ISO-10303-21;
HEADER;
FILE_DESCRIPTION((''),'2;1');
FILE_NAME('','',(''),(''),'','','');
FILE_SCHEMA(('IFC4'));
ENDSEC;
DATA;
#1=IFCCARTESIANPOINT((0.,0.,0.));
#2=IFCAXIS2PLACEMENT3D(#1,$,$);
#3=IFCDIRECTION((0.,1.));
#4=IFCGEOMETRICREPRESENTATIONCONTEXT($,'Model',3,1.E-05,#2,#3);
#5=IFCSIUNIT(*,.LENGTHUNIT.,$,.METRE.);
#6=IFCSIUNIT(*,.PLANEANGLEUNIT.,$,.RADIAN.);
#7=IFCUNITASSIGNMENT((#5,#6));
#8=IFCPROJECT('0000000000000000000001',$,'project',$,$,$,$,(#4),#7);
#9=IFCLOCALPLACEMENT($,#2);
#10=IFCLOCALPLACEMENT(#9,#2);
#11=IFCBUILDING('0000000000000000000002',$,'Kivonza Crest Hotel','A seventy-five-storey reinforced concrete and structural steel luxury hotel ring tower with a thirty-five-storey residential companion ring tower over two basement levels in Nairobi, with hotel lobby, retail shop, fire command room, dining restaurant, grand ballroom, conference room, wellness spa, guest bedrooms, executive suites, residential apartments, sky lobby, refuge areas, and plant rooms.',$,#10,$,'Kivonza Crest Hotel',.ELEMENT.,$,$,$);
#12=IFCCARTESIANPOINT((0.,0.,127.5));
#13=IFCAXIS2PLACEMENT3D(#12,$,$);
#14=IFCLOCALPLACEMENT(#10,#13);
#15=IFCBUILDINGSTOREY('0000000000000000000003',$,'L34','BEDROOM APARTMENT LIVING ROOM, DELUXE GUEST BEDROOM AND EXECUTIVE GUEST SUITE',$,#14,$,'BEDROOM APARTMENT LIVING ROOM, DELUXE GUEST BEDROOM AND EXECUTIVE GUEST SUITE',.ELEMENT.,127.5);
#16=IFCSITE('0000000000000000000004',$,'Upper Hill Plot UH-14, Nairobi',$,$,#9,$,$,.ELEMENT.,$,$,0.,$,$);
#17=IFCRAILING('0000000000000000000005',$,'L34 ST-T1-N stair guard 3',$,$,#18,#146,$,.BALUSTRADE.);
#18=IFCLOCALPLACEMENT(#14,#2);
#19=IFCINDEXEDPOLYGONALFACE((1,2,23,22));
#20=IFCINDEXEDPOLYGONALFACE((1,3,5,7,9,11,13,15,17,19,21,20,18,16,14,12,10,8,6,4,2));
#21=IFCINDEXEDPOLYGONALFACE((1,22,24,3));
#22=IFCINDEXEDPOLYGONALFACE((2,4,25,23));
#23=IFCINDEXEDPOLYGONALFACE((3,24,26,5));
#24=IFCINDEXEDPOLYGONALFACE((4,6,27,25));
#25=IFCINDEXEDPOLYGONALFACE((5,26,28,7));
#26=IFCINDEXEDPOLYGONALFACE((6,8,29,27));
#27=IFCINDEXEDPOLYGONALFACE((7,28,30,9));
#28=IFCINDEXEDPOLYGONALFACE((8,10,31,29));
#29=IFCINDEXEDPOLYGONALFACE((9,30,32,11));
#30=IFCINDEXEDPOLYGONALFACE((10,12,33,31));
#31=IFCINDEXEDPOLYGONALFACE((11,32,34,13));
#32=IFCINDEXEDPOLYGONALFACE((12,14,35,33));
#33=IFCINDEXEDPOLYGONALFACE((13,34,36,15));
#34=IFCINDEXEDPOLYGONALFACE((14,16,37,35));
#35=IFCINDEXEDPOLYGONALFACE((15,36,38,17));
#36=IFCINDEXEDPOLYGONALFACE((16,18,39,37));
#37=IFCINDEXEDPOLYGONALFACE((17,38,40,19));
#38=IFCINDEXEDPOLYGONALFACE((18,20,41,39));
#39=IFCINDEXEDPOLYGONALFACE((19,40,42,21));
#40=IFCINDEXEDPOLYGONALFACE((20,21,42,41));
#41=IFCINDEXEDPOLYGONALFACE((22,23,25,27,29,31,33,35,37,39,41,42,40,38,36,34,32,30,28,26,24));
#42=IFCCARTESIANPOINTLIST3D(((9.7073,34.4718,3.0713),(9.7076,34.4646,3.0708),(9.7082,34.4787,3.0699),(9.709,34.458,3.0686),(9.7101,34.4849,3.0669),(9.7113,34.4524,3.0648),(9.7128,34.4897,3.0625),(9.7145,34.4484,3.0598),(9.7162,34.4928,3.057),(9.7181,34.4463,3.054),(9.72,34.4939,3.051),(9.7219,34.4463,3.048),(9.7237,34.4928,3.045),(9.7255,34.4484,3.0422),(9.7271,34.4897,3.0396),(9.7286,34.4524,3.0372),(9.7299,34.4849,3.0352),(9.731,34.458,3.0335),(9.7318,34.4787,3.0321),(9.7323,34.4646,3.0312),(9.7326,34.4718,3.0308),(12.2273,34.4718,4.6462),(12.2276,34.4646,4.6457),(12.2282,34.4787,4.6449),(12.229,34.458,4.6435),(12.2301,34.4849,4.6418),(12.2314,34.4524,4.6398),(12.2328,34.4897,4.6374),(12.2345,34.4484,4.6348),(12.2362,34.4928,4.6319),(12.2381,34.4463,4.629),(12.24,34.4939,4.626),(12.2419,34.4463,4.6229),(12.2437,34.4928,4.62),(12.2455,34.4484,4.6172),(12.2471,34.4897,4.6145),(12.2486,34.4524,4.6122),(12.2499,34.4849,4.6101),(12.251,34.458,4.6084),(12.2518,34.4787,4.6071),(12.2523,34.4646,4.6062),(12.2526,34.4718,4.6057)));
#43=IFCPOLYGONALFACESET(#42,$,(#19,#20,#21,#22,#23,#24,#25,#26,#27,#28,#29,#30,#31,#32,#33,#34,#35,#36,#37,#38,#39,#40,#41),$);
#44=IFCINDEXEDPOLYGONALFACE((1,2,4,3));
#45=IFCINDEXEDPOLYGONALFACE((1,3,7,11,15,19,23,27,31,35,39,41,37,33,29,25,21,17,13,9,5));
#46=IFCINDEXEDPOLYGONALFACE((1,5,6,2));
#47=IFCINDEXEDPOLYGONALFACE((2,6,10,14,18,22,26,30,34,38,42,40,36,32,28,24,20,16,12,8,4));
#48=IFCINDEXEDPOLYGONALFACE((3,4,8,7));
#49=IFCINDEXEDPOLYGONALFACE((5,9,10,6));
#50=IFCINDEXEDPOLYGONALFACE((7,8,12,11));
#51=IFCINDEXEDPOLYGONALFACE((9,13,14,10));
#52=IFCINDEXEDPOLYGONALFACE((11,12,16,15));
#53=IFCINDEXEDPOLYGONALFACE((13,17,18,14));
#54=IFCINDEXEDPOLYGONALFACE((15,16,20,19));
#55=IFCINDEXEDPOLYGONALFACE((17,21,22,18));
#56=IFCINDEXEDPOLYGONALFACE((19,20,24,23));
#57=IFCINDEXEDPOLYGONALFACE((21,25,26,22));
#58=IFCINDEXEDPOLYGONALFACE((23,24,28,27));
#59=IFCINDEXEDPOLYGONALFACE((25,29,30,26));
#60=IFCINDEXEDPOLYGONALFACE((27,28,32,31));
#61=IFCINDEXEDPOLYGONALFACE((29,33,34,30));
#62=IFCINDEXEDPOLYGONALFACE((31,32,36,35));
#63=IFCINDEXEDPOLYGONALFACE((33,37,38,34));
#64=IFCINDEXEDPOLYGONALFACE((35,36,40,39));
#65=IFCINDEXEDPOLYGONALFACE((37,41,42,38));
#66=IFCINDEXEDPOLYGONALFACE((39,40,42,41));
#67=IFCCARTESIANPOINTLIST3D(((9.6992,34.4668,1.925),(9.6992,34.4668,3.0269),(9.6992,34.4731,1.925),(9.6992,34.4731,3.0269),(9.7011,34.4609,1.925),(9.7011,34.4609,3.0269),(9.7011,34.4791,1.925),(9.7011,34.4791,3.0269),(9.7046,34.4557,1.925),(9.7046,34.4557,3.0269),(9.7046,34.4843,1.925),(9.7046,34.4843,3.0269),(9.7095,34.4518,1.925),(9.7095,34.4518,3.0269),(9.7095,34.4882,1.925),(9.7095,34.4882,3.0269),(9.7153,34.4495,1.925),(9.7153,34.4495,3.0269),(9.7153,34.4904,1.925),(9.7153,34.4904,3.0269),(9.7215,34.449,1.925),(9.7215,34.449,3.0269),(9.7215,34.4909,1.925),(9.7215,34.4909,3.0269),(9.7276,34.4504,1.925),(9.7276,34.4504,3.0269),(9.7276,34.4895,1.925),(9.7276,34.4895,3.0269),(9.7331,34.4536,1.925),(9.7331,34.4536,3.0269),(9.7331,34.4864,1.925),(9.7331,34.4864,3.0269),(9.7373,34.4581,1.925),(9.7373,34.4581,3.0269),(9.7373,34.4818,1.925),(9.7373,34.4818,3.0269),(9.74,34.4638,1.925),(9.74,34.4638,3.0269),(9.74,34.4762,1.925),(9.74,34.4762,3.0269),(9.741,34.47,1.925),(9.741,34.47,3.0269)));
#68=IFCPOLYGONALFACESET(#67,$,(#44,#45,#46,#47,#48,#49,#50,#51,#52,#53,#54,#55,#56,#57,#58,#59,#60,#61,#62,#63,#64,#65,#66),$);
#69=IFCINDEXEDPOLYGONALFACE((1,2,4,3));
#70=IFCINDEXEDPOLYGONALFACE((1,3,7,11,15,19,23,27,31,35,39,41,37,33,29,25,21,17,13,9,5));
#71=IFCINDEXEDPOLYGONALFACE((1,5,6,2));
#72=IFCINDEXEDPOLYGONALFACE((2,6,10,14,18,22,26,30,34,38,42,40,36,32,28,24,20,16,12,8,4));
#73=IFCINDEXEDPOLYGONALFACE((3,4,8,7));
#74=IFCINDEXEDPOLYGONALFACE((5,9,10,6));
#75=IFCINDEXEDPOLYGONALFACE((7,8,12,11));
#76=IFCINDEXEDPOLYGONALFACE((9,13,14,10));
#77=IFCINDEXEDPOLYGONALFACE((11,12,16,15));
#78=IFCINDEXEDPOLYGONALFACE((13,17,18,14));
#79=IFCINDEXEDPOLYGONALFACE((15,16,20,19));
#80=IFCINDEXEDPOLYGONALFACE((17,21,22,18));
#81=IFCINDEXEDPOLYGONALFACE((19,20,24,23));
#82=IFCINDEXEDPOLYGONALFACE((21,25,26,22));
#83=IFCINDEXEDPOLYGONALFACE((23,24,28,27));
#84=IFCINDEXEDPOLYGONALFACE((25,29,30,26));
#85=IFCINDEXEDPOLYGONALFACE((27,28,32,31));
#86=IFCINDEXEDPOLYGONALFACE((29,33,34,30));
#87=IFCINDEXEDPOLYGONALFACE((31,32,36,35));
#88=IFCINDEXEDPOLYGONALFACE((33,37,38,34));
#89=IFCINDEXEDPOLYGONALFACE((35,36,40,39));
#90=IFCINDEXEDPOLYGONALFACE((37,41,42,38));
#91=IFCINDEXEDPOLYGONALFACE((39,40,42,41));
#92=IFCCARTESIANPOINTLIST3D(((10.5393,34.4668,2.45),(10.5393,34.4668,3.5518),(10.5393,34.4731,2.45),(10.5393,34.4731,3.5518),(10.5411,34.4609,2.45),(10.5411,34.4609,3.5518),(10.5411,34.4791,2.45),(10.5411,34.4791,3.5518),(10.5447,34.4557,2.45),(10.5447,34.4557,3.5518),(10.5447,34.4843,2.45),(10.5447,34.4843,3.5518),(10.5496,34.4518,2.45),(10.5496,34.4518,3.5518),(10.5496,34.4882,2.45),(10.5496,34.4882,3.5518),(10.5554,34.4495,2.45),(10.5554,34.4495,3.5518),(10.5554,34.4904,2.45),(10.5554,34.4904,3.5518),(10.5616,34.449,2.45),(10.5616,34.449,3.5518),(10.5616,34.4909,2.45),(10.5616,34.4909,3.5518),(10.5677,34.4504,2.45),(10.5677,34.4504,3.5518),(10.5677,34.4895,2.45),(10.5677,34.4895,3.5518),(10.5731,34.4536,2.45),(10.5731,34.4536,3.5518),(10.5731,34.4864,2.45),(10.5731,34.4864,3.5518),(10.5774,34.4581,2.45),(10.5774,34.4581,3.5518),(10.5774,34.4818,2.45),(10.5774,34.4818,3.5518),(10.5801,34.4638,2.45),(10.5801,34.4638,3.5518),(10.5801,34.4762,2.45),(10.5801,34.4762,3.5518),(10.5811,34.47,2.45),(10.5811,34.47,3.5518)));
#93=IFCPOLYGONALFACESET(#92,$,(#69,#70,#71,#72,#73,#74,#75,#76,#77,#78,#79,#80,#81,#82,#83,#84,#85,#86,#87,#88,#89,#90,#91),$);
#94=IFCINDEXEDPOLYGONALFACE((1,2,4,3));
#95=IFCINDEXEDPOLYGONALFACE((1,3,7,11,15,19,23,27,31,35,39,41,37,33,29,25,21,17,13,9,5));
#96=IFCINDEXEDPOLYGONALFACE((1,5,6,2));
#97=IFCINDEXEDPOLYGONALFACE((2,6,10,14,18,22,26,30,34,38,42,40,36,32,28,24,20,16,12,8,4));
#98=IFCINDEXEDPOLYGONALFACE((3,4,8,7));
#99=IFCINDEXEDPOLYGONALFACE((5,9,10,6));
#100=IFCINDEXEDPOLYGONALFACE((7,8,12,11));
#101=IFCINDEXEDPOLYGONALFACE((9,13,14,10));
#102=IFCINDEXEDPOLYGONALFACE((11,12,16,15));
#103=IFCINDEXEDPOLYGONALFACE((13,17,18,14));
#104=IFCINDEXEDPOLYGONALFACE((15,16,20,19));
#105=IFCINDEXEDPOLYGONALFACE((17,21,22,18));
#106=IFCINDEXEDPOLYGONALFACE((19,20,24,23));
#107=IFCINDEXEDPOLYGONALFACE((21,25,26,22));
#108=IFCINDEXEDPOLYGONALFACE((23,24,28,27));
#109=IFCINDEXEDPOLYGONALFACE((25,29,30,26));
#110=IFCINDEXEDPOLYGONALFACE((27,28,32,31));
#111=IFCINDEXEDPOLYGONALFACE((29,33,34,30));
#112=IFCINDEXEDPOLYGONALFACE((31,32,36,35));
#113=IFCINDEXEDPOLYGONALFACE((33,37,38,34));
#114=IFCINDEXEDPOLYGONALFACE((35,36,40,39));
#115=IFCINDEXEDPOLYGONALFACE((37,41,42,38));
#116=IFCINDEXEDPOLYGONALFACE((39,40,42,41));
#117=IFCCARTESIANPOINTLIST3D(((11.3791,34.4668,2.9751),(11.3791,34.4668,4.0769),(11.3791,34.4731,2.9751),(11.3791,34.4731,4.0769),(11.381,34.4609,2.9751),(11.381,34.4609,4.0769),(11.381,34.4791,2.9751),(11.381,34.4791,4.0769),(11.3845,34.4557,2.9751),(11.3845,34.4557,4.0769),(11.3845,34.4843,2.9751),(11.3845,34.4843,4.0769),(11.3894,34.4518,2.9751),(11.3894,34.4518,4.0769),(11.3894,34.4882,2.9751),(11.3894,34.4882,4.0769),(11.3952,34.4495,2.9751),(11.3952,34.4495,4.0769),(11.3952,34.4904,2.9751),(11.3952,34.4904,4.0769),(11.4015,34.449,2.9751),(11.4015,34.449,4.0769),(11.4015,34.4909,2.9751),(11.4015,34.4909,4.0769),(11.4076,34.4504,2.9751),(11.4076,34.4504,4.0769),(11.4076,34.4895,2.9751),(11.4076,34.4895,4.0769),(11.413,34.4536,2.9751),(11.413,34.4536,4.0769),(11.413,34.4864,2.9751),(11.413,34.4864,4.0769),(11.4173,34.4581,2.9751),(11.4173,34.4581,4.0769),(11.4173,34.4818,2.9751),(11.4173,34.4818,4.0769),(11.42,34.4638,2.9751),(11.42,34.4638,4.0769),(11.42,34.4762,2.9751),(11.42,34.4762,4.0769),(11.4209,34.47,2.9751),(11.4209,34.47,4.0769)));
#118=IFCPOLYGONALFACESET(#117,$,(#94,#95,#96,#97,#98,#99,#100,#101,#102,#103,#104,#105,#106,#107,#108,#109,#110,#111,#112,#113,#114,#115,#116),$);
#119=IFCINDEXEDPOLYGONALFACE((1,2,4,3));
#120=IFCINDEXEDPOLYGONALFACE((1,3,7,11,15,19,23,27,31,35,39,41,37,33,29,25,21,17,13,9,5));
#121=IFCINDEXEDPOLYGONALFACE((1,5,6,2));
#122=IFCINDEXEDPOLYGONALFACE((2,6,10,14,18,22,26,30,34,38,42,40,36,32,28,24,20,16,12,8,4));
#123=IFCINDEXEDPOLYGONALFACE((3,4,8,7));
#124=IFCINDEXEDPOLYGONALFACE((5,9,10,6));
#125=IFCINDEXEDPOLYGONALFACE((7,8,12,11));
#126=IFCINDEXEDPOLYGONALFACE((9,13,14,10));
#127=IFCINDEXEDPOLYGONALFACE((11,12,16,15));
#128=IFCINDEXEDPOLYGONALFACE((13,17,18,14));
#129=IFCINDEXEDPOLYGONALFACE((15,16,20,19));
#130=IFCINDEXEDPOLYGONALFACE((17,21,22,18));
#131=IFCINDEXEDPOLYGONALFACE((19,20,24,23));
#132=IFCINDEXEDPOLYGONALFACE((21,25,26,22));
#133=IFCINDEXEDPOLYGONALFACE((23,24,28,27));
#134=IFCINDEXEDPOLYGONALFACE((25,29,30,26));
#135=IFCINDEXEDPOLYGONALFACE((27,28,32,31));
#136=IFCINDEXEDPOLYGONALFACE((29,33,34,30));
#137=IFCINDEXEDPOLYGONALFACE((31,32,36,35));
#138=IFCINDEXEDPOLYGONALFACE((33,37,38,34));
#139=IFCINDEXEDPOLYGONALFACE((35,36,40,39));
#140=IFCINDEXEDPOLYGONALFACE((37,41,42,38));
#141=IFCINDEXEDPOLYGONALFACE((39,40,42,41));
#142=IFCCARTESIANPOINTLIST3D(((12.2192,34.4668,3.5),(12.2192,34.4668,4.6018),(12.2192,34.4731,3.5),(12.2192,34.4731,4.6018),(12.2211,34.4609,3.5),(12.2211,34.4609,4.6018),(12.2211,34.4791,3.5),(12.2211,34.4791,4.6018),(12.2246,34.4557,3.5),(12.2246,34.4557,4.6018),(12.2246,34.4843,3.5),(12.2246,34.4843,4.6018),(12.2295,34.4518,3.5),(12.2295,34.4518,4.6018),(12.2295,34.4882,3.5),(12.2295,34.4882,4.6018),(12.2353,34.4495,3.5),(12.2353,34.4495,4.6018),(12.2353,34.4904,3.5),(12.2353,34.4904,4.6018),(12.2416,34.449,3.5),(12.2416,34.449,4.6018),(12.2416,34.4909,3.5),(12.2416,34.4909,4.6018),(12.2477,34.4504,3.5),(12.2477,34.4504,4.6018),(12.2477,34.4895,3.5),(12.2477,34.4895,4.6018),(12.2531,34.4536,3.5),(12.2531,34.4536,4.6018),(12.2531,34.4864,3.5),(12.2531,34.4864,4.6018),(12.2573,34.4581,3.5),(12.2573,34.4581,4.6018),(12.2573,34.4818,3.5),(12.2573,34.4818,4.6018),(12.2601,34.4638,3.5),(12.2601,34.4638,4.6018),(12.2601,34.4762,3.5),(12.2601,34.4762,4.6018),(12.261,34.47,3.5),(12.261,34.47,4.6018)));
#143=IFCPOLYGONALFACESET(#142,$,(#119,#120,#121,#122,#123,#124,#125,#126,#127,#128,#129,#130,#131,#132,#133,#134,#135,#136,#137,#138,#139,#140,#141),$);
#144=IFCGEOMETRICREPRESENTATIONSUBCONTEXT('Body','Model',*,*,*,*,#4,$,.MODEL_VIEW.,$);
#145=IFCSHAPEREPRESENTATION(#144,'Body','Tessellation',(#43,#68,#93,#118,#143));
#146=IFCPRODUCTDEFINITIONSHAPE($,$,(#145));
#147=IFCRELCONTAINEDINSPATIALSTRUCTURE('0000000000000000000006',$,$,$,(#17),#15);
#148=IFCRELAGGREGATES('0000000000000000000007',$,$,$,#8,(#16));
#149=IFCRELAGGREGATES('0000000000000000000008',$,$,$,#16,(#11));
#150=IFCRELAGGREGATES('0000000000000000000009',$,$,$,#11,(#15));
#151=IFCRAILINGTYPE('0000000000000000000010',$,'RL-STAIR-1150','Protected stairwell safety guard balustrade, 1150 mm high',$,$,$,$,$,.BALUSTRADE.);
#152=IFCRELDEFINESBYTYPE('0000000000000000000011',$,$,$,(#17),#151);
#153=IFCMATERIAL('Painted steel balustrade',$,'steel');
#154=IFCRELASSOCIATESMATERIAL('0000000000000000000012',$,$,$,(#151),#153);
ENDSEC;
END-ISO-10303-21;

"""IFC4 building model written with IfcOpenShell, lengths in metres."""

from ifc_helpers import new_model, si_unit, direction, frame, origin, origin_2d, place, context, subcontext, project, spatial, circle, extrude, material, type_object, element, save


model = new_model("IFC4")

# Units and contexts
model_context = context("Model", 3, precision=1e-05, world=origin(), true_north=direction((0.0, 1.0)))
body_context = subcontext(model_context, "Body", "Model", "MODEL_VIEW")
ifc_project = project(units=[si_unit("LENGTHUNIT", "METRE"), si_unit("PLANEANGLEUNIT", "RADIAN")], contexts=[model_context])

# Site, building, storey
site_placement = place(None, origin())
site = spatial("IfcSite", under=ifc_project, at=site_placement, Name="Upper Hill Plot UH-14, Nairobi", CompositionType="ELEMENT", RefElevation=0.0)
building_placement = place(site_placement, origin())
building = spatial("IfcBuilding", under=site, at=building_placement, Name="Kivonza Crest Hotel", Description="A seventy-five-storey reinforced concrete and structural steel luxury hotel ring tower with a thirty-five-storey residential companion ring tower over two basement levels in Nairobi, with hotel lobby, retail shop, fire command room, dining restaurant, grand ballroom, conference room, wellness spa, guest bedrooms, executive suites, residential apartments, sky lobby, refuge areas, and plant rooms.", LongName="Kivonza Crest Hotel", CompositionType="ELEMENT")
storey_placement = place(building_placement, frame((0.0, 0.0, 127.5)))
storey = spatial("IfcBuildingStorey", under=building, at=storey_placement, Name="L34", Description="BEDROOM APARTMENT LIVING ROOM, DELUXE GUEST BEDROOM AND EXECUTIVE GUEST SUITE", LongName="BEDROOM APARTMENT LIVING ROOM, DELUXE GUEST BEDROOM AND EXECUTIVE GUEST SUITE", CompositionType="ELEMENT", Elevation=127.5)

# Railing
ifc_material_1 = material(Name="Painted steel balustrade", Category="steel")
railing_type_1 = type_object("IfcRailingType", Name="RL-STAIR-1150", Description="Protected stairwell safety guard balustrade, 1150 mm high", PredefinedType="BALUSTRADE", material=ifc_material_1)
railing_1_placement = place(storey_placement, frame((9.72, 34.47, 1.925)))
element("IfcRailing", 1, at=railing_1_placement, inside=storey, type_object=railing_type_1, Name="L34 ST-T1-N stair guard 3", PredefinedType="BALUSTRADE", context=body_context, shape_type="SweptSolid", body=[
    extrude(circle(Radius=0.0239, at=origin_2d()), frame((0.0, 0.0, 1.126), z_axis=(0.848008, 0.0, 0.529984), x_axis=(0.0, 1.0, 0.0)), (0.0, 0.0, 1.0), 2.9717),
    extrude(circle(Radius=0.021, at=origin_2d()), origin(), (0.0, 0.0, 1.0), 1.1018),
    extrude(circle(Radius=0.021, at=origin_2d()), frame((0.8401, 0.0, 0.5249)), (0.0, 0.0, 1.0), 1.1018),
    extrude(circle(Radius=0.021, at=origin_2d()), frame((1.6799, 0.0, 1.05)), (0.0, 0.0, 1.0), 1.1018),
    extrude(circle(Radius=0.021, at=origin_2d()), frame((2.52, 0.0, 1.575)), (0.0, 0.0, 1.0), 1.1018),
])

save(model, "model.ifc")
